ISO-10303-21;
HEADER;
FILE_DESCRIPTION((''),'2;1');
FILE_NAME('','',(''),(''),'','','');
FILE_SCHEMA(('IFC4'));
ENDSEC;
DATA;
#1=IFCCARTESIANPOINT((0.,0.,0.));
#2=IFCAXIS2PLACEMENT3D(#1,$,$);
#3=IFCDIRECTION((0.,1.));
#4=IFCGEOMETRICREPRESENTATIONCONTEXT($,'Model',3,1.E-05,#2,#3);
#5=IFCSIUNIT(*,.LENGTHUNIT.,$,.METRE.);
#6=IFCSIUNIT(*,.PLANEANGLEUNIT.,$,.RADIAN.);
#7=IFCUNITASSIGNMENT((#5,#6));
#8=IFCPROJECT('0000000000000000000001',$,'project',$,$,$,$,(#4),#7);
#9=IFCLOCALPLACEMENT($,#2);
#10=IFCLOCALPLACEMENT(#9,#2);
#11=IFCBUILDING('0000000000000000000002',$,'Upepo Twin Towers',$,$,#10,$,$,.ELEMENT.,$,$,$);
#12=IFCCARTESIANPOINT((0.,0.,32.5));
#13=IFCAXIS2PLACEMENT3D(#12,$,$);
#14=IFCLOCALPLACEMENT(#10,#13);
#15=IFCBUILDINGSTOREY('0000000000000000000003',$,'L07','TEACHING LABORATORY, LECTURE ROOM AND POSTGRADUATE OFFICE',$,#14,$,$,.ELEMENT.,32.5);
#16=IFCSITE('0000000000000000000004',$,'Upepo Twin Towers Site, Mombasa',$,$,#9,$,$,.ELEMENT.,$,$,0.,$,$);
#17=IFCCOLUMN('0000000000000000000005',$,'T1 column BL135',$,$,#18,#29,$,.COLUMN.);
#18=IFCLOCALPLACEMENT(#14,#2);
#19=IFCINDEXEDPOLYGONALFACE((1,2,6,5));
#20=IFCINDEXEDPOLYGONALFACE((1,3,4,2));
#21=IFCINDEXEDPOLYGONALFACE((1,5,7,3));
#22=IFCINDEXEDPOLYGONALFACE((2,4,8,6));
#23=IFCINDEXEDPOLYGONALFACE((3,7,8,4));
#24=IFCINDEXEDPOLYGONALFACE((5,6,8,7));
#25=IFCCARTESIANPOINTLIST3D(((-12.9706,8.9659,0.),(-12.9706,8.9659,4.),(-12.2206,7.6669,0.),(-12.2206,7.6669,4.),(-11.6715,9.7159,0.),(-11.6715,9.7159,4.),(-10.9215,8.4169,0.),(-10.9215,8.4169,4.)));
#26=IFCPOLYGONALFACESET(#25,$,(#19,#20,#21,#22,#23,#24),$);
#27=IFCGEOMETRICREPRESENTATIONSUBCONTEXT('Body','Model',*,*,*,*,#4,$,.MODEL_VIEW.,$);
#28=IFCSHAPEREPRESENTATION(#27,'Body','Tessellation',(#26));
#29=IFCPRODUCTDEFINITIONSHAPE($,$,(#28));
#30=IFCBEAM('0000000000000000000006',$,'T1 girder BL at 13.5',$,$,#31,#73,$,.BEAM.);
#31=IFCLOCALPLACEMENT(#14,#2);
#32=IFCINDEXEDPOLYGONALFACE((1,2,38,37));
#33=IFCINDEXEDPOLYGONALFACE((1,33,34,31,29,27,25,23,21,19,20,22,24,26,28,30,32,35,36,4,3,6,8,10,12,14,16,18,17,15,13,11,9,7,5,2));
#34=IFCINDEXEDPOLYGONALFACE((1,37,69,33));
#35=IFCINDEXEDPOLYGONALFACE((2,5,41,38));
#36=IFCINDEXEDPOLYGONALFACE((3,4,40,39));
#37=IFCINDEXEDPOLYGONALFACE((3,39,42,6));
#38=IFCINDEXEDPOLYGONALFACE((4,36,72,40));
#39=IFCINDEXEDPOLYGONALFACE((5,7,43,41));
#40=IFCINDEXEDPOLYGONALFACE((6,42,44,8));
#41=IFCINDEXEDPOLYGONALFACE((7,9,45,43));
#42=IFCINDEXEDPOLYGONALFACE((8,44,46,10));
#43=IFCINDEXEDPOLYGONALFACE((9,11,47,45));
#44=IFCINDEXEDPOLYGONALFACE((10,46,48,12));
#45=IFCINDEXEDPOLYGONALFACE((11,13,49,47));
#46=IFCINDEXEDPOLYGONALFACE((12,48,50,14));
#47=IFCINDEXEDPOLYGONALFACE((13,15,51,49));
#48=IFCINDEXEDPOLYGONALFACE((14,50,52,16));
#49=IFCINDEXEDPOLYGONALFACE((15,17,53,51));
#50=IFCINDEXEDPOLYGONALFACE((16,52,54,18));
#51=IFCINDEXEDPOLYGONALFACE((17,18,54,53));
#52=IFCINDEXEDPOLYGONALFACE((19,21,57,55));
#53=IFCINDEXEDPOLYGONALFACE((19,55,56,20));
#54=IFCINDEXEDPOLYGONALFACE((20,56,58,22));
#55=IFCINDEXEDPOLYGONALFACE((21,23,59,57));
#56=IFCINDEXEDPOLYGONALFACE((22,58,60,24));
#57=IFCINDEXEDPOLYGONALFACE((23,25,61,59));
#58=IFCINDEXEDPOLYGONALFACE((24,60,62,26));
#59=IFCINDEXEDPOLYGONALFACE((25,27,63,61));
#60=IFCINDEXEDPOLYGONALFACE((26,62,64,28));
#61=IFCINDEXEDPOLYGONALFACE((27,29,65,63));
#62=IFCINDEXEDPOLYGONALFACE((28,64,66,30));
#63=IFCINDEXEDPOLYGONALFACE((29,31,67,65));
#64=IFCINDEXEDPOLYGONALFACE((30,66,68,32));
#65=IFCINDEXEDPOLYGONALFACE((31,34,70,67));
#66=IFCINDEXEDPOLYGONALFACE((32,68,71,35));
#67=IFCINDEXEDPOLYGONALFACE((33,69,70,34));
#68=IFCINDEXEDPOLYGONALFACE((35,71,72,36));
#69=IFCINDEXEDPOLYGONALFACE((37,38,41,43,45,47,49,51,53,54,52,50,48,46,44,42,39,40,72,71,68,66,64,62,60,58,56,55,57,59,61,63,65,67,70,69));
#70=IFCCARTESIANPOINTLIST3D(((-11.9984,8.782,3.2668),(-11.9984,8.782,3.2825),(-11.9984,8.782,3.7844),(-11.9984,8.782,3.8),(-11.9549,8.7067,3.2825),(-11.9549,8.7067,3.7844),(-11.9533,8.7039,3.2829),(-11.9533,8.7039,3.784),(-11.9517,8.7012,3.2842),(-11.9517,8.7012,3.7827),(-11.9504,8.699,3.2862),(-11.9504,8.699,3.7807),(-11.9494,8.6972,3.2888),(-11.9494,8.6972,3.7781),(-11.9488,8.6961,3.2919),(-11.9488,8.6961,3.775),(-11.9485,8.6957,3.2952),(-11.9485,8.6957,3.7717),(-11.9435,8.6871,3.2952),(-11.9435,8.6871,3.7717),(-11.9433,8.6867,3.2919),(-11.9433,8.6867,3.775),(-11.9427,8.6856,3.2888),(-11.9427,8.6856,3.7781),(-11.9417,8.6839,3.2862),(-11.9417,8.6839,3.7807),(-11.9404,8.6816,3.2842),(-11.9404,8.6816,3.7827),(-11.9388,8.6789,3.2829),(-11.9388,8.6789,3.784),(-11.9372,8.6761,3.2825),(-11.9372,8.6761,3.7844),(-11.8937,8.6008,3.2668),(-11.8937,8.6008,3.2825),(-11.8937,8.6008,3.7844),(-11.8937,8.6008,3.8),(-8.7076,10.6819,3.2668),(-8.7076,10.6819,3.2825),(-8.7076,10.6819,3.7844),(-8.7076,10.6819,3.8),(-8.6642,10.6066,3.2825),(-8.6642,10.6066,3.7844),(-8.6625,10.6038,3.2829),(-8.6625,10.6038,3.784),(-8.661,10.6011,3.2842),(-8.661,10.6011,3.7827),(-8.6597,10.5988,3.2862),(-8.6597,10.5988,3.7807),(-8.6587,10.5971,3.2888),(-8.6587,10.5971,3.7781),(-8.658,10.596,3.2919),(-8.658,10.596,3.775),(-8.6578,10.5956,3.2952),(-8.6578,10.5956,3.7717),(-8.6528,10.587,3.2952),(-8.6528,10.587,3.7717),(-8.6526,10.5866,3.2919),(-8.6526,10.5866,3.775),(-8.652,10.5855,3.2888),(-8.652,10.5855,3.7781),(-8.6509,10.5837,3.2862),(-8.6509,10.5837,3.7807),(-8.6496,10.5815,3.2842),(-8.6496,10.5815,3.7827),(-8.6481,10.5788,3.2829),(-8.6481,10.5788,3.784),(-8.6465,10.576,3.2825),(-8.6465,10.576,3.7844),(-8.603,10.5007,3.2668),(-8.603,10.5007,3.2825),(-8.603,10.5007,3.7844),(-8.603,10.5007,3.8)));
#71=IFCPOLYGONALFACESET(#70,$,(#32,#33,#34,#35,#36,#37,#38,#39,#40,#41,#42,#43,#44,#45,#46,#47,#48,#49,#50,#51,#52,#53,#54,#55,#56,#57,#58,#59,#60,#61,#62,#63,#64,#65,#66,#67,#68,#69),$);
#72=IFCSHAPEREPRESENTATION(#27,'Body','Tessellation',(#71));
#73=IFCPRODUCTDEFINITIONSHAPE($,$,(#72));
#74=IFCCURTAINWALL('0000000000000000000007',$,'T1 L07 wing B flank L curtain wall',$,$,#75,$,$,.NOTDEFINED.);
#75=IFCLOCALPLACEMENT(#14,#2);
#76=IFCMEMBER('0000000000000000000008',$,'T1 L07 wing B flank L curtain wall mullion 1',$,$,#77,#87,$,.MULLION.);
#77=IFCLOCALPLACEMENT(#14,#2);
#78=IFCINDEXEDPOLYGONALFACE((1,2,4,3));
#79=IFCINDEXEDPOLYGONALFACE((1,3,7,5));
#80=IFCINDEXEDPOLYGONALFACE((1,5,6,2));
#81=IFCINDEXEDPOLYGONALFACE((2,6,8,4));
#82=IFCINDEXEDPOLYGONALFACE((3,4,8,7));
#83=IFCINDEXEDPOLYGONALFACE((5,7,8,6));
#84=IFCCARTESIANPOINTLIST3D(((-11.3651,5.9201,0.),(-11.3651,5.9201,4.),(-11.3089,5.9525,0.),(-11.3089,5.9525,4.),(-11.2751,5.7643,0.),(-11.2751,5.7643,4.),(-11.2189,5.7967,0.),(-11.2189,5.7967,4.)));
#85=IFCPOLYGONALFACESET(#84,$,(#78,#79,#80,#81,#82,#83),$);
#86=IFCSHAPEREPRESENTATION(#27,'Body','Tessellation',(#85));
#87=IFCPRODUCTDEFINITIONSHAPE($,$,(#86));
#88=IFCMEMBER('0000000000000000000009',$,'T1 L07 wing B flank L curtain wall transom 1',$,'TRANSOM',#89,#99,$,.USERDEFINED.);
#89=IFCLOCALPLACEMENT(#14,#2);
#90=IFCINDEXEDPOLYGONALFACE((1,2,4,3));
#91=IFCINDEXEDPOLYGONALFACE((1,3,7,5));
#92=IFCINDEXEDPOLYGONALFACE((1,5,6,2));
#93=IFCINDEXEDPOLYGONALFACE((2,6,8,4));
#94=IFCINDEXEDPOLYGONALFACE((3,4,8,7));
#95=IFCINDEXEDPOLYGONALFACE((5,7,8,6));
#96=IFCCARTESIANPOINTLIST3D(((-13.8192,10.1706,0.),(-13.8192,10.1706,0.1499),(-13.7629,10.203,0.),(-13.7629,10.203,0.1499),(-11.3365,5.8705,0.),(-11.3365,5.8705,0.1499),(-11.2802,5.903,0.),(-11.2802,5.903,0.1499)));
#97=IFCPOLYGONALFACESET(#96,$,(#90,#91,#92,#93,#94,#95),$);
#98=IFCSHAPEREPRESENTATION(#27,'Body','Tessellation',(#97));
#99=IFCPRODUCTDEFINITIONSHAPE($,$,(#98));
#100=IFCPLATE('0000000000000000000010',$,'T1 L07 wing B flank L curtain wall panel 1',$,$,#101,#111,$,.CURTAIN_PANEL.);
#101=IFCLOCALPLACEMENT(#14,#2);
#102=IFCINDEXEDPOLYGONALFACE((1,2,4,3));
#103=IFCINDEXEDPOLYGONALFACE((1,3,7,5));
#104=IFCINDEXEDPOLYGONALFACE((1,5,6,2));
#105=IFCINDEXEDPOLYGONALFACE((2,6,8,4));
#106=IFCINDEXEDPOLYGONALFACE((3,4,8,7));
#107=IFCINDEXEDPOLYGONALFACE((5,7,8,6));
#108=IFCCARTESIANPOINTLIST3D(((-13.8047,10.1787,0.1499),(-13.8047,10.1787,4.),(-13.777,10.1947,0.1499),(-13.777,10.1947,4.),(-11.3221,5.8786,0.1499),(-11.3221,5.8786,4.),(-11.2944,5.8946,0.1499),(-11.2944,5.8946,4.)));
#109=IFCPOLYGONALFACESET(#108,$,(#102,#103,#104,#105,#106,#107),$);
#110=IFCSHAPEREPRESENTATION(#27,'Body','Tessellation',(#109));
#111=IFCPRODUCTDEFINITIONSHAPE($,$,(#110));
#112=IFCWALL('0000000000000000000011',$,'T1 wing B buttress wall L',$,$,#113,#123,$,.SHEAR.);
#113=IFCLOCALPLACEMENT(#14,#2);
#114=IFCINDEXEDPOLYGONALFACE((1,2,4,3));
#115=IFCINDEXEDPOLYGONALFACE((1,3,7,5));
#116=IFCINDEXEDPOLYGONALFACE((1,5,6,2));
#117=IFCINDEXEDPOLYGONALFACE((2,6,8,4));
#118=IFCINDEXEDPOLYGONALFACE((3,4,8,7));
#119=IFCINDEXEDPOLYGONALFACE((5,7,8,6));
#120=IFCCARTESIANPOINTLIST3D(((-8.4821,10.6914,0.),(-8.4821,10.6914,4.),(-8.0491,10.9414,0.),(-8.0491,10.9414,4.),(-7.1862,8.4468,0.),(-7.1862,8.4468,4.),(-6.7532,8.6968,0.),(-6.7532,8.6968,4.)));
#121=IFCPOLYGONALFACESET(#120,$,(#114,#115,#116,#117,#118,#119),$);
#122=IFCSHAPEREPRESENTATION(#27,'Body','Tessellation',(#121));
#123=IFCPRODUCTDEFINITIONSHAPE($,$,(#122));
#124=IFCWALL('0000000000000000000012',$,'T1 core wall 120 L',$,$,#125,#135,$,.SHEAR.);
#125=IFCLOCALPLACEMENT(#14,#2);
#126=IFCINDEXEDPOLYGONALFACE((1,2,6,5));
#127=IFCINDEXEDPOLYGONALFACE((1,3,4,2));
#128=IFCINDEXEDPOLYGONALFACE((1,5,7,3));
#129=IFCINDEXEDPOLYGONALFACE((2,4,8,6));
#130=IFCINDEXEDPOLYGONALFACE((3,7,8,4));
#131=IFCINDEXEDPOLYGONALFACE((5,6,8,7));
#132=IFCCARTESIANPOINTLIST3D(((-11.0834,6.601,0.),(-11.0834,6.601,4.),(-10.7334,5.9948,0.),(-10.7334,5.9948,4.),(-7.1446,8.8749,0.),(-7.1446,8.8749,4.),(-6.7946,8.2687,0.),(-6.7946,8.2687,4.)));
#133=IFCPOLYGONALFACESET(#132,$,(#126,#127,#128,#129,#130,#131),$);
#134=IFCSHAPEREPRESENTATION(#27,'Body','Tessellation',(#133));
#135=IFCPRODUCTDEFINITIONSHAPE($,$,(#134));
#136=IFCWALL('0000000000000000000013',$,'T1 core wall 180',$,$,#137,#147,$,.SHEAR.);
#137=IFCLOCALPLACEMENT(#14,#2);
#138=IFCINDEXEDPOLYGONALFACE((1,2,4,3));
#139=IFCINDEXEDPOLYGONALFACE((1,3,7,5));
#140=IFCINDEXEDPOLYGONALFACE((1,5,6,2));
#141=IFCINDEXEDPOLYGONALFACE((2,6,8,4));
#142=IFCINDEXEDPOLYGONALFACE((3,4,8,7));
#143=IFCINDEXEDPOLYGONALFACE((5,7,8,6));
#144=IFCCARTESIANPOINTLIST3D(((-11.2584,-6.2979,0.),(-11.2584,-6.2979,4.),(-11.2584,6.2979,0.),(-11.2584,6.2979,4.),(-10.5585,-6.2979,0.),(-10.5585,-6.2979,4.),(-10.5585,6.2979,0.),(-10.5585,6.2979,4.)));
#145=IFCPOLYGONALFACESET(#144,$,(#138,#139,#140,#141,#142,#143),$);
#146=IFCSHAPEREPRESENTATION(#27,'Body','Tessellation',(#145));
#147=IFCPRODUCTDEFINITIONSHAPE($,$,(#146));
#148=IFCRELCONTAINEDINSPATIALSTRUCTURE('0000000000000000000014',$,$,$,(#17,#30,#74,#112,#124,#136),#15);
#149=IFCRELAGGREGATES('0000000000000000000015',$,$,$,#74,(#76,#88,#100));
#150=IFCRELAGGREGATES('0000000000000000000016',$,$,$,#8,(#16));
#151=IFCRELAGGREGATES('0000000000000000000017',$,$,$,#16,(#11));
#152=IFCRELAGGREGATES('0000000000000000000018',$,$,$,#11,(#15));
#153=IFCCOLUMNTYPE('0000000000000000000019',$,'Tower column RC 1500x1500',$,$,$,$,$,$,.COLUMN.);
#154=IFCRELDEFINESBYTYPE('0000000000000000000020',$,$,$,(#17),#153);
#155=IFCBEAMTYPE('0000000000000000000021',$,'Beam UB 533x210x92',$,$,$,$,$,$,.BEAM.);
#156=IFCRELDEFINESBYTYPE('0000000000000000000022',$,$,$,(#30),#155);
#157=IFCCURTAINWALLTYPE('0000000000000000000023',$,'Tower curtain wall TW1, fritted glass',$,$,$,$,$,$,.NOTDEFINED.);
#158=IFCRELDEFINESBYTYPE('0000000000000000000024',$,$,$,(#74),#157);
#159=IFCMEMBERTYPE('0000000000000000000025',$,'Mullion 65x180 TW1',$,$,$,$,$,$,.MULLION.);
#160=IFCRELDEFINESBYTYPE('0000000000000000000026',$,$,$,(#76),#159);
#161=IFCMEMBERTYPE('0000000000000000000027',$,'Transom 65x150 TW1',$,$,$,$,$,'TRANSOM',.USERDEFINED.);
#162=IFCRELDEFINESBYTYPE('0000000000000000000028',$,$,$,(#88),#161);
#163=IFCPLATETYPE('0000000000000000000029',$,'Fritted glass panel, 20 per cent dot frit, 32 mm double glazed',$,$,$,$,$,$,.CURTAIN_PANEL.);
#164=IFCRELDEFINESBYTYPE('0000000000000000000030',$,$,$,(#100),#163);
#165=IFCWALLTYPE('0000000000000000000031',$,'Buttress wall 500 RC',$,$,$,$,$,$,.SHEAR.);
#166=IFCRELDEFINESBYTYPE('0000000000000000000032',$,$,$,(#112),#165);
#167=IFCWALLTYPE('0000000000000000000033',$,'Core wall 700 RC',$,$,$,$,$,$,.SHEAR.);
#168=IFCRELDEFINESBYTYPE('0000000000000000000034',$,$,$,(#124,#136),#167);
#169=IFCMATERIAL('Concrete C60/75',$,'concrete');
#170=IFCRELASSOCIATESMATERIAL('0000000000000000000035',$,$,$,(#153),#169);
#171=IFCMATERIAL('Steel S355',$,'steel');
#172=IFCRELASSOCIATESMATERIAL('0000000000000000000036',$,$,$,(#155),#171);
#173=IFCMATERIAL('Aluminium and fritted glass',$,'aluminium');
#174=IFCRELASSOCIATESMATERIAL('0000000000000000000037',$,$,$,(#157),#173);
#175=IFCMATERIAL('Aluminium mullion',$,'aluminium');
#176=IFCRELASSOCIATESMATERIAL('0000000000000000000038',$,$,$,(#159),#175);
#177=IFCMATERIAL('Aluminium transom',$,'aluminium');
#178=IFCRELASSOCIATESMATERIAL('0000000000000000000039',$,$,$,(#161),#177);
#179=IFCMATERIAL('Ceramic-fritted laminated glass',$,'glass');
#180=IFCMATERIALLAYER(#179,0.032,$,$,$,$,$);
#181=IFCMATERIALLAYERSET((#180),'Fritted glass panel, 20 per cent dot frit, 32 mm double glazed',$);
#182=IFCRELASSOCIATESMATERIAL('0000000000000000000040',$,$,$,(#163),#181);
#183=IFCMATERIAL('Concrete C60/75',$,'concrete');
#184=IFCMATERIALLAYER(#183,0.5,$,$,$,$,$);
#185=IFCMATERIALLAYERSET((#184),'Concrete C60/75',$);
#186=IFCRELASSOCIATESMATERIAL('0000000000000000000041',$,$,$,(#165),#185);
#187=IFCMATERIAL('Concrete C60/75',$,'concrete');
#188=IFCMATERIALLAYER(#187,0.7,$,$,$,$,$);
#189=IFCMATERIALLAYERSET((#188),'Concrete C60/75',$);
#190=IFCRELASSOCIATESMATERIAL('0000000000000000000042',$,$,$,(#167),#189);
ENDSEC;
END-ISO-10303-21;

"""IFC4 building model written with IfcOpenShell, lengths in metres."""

from ifc_helpers import new_model, si_unit, direction, frame, frame_2d, origin, origin_2d, place, context, subcontext, project, spatial, rectangle, i_section, extrude, material, layer, layer_set, material_profile, profile_set, type_object, element, aggregate, save


model = new_model("IFC4")

# Units and contexts
model_context = context("Model", 3, precision=1e-05, world=origin(), true_north=direction((0.0, 1.0)))
body_context = subcontext(model_context, "Body", "Model", "MODEL_VIEW")
ifc_project = project(units=[si_unit("LENGTHUNIT", "METRE"), si_unit("PLANEANGLEUNIT", "RADIAN")], contexts=[model_context])

# Site, building, storey
site_placement = place(None, origin())
site = spatial("IfcSite", under=ifc_project, at=site_placement, Name="Upepo Twin Towers Site, Mombasa", CompositionType="ELEMENT", RefElevation=0.0)
building_placement = place(site_placement, origin())
building = spatial("IfcBuilding", under=site, at=building_placement, Name="Upepo Twin Towers", CompositionType="ELEMENT")
storey_placement = place(building_placement, frame((0.0, 0.0, 32.5)))
storey = spatial("IfcBuildingStorey", under=building, at=storey_placement, Name="L07", Description="TEACHING LABORATORY, LECTURE ROOM AND POSTGRADUATE OFFICE", CompositionType="ELEMENT", Elevation=32.5)

# Column
ifc_material_1 = material(Name="Concrete C60/75", Category="concrete")
ifc_material_profile_1 = material_profile(ifc_material_1, rectangle(XDim=1.5, YDim=1.5, at=origin_2d()), Name="RC 1500x1500")
ifc_profile_set_1 = profile_set([ifc_material_profile_1], Name="Concrete C60/75")
column_type = type_object("IfcColumnType", Name="Tower column RC 1500x1500", PredefinedType="COLUMN", material=ifc_profile_set_1)
column_placement = place(storey_placement, frame((-11.946, 8.6914, 0.0), z_axis=(0.0, 0.0, 1.0), x_axis=(0.866025, 0.5, 0.0)))
element("IfcColumn", 1, at=column_placement, inside=storey, type_object=column_type, Name="T1 column BL135", PredefinedType="COLUMN", context=body_context, shape_type="SweptSolid", body=[
    extrude(rectangle(XDim=1.5, YDim=1.5, at=origin_2d()), origin(), (0.0, 0.0, 1.0), 4.0),
])

# Beam
ifc_material_2 = material(Name="Steel S355", Category="steel")
ifc_material_profile_2 = material_profile(ifc_material_2, i_section(OverallWidth=0.2092, OverallDepth=0.5332, WebThickness=0.01, FlangeThickness=0.0156, FilletRadius=0.0127, at=origin_2d()), Name="UB 533x210x92")
ifc_profile_set_2 = profile_set([ifc_material_profile_2], Name="Steel S355")
beam_type = type_object("IfcBeamType", Name="Beam UB 533x210x92", PredefinedType="BEAM", material=ifc_profile_set_2)
beam_placement = place(storey_placement, frame((-11.946, 8.6914, 3.5334), z_axis=(0.866028, 0.499995, 0.0), x_axis=(-0.499995, 0.866028, 0.0)))
element("IfcBeam", 2, at=beam_placement, inside=storey, type_object=beam_type, Name="T1 girder BL at 13.5", PredefinedType="BEAM", context=body_context, shape_type="SweptSolid", body=[
    extrude(i_section(OverallWidth=0.2092, OverallDepth=0.5332, WebThickness=0.01, FlangeThickness=0.0156, FilletRadius=0.0127, at=origin_2d()), origin(), (0.0, 0.0, 1.0), 3.7998),
])

# Curtain wall, members, plate
ifc_material_3 = material(Name="Aluminium and fritted glass", Category="aluminium")
curtain_wall_type = type_object("IfcCurtainWallType", Name="Tower curtain wall TW1, fritted glass", PredefinedType="NOTDEFINED", material=ifc_material_3)
curtain_wall_placement = place(storey_placement, origin())
curtain_wall = element("IfcCurtainWall", 3, at=curtain_wall_placement, inside=storey, type_object=curtain_wall_type, Name="T1 L07 wing B flank L curtain wall", PredefinedType="NOTDEFINED")
ifc_material_4 = material(Name="Aluminium mullion", Category="aluminium")
ifc_material_profile_3 = material_profile(ifc_material_4, rectangle(XDim=0.0649, YDim=0.1799, at=origin_2d()), Name="MULLION 65x180")
ifc_profile_set_3 = profile_set([ifc_material_profile_3], Name="Aluminium mullion")
member_type_1 = type_object("IfcMemberType", Name="Mullion 65x180 TW1", PredefinedType="MULLION", material=ifc_profile_set_3)
member_1_placement = place(storey_placement, frame((-11.292, 5.8584, 0.0), z_axis=(0.0, 0.0, 1.0), x_axis=(-0.866025, -0.5, 0.0)))
member_1 = element("IfcMember", 4, at=member_1_placement, type_object=member_type_1, Name="T1 L07 wing B flank L curtain wall mullion 1", PredefinedType="MULLION", context=body_context, shape_type="SweptSolid", body=[
    extrude(rectangle(XDim=0.0649, YDim=0.1799, at=origin_2d()), origin(), (0.0, 0.0, 1.0), 4.0),
])
ifc_material_5 = material(Name="Aluminium transom", Category="aluminium")
ifc_material_profile_4 = material_profile(ifc_material_5, rectangle(XDim=0.0649, YDim=0.1499, at=origin_2d()), Name="TRANSOM 65x150")
ifc_profile_set_4 = profile_set([ifc_material_profile_4], Name="Aluminium transom")
member_type_2 = type_object("IfcMemberType", Name="Transom 65x150 TW1", ElementType="TRANSOM", PredefinedType="USERDEFINED", material=ifc_profile_set_4)
member_2_placement = place(storey_placement, frame((-11.3083, 5.8867, 0.075), z_axis=(-0.500005, 0.866023, 0.0), x_axis=(-0.866023, -0.500005, 0.0)))
member_2 = element("IfcMember", 5, at=member_2_placement, type_object=member_type_2, Name="T1 L07 wing B flank L curtain wall transom 1", ObjectType="TRANSOM", PredefinedType="USERDEFINED", context=body_context, shape_type="SweptSolid", body=[
    extrude(rectangle(XDim=0.0649, YDim=0.1499, at=origin_2d()), origin(), (0.0, 0.0, 1.0), 4.9653),
])
ifc_material_6 = material(Name="Ceramic-fritted laminated glass", Category="glass")
ifc_layer_1 = layer(ifc_material_6, 0.032)
ifc_layer_set_1 = layer_set([ifc_layer_1], Name="Fritted glass panel, 20 per cent dot frit, 32 mm double glazed")
plate_type = type_object("IfcPlateType", Name="Fritted glass panel, 20 per cent dot frit, 32 mm double glazed", PredefinedType="CURTAIN_PANEL", material=ifc_layer_set_1)
plate_placement = place(storey_placement, frame((-12.5496, 8.0366, 0.1499), z_axis=(0.0, 0.0, 1.0), x_axis=(-0.5, 0.866025, 0.0)))
plate = element("IfcPlate", 6, at=plate_placement, type_object=plate_type, Name="T1 L07 wing B flank L curtain wall panel 1", PredefinedType="CURTAIN_PANEL", context=body_context, shape_type="SweptSolid", body=[
    extrude(rectangle(XDim=4.9653, YDim=0.032, at=origin_2d()), origin(), (0.0, 0.0, 1.0), 3.8501),
])
aggregate(curtain_wall, [member_1, member_2, plate])

# Walls
ifc_material_7 = material(Name="Concrete C60/75", Category="concrete")
ifc_layer_2 = layer(ifc_material_7, 0.5)
ifc_layer_set_2 = layer_set([ifc_layer_2], Name="Concrete C60/75")
wall_type_1 = type_object("IfcWallType", Name="Buttress wall 500 RC", PredefinedType="SHEAR", material=ifc_layer_set_2)
wall_1_placement = place(storey_placement, frame((-6.9697, 8.5718, 0.0), z_axis=(0.0, 0.0, 1.0), x_axis=(-0.499989, 0.866032, 0.0)))
element("IfcWall", 7, at=wall_1_placement, inside=storey, type_object=wall_type_1, Name="T1 wing B buttress wall L", PredefinedType="SHEAR", context=body_context, shape_type="SweptSolid", body=[
    extrude(rectangle(XDim=2.5918, YDim=0.5, at=frame_2d((1.2959, 0.0))), origin(), (0.0, 0.0, 1.0), 4.0),
])
ifc_material_8 = material(Name="Concrete C60/75", Category="concrete")
ifc_layer_3 = layer(ifc_material_8, 0.7)
ifc_layer_set_3 = layer_set([ifc_layer_3], Name="Concrete C60/75")
wall_type_2 = type_object("IfcWallType", Name="Core wall 700 RC", PredefinedType="SHEAR", material=ifc_layer_set_3)
wall_2_placement = place(storey_placement, frame((-6.9697, 8.5718, 0.0), z_axis=(0.0, 0.0, 1.0), x_axis=(-0.866035, -0.499984, 0.0)))
element("IfcWall", 8, at=wall_2_placement, inside=storey, type_object=wall_type_2, Name="T1 core wall 120 L", PredefinedType="SHEAR", context=body_context, shape_type="SweptSolid", body=[
    extrude(rectangle(XDim=4.5481, YDim=0.7, at=frame_2d((2.2739, 0.0))), origin(), (0.0, 0.0, 1.0), 4.0),
])
wall_3_placement = place(storey_placement, frame((-10.9084, 6.2979, 0.0), z_axis=(0.0, 0.0, 1.0), x_axis=(0.0, -1.0, 0.0)))
element("IfcWall", 9, at=wall_3_placement, inside=storey, type_object=wall_type_2, Name="T1 core wall 180", PredefinedType="SHEAR", context=body_context, shape_type="SweptSolid", body=[
    extrude(rectangle(XDim=12.5957, YDim=0.7, at=frame_2d((6.2979, 0.0))), origin(), (0.0, 0.0, 1.0), 4.0),
])

save(model, "model.ifc")
